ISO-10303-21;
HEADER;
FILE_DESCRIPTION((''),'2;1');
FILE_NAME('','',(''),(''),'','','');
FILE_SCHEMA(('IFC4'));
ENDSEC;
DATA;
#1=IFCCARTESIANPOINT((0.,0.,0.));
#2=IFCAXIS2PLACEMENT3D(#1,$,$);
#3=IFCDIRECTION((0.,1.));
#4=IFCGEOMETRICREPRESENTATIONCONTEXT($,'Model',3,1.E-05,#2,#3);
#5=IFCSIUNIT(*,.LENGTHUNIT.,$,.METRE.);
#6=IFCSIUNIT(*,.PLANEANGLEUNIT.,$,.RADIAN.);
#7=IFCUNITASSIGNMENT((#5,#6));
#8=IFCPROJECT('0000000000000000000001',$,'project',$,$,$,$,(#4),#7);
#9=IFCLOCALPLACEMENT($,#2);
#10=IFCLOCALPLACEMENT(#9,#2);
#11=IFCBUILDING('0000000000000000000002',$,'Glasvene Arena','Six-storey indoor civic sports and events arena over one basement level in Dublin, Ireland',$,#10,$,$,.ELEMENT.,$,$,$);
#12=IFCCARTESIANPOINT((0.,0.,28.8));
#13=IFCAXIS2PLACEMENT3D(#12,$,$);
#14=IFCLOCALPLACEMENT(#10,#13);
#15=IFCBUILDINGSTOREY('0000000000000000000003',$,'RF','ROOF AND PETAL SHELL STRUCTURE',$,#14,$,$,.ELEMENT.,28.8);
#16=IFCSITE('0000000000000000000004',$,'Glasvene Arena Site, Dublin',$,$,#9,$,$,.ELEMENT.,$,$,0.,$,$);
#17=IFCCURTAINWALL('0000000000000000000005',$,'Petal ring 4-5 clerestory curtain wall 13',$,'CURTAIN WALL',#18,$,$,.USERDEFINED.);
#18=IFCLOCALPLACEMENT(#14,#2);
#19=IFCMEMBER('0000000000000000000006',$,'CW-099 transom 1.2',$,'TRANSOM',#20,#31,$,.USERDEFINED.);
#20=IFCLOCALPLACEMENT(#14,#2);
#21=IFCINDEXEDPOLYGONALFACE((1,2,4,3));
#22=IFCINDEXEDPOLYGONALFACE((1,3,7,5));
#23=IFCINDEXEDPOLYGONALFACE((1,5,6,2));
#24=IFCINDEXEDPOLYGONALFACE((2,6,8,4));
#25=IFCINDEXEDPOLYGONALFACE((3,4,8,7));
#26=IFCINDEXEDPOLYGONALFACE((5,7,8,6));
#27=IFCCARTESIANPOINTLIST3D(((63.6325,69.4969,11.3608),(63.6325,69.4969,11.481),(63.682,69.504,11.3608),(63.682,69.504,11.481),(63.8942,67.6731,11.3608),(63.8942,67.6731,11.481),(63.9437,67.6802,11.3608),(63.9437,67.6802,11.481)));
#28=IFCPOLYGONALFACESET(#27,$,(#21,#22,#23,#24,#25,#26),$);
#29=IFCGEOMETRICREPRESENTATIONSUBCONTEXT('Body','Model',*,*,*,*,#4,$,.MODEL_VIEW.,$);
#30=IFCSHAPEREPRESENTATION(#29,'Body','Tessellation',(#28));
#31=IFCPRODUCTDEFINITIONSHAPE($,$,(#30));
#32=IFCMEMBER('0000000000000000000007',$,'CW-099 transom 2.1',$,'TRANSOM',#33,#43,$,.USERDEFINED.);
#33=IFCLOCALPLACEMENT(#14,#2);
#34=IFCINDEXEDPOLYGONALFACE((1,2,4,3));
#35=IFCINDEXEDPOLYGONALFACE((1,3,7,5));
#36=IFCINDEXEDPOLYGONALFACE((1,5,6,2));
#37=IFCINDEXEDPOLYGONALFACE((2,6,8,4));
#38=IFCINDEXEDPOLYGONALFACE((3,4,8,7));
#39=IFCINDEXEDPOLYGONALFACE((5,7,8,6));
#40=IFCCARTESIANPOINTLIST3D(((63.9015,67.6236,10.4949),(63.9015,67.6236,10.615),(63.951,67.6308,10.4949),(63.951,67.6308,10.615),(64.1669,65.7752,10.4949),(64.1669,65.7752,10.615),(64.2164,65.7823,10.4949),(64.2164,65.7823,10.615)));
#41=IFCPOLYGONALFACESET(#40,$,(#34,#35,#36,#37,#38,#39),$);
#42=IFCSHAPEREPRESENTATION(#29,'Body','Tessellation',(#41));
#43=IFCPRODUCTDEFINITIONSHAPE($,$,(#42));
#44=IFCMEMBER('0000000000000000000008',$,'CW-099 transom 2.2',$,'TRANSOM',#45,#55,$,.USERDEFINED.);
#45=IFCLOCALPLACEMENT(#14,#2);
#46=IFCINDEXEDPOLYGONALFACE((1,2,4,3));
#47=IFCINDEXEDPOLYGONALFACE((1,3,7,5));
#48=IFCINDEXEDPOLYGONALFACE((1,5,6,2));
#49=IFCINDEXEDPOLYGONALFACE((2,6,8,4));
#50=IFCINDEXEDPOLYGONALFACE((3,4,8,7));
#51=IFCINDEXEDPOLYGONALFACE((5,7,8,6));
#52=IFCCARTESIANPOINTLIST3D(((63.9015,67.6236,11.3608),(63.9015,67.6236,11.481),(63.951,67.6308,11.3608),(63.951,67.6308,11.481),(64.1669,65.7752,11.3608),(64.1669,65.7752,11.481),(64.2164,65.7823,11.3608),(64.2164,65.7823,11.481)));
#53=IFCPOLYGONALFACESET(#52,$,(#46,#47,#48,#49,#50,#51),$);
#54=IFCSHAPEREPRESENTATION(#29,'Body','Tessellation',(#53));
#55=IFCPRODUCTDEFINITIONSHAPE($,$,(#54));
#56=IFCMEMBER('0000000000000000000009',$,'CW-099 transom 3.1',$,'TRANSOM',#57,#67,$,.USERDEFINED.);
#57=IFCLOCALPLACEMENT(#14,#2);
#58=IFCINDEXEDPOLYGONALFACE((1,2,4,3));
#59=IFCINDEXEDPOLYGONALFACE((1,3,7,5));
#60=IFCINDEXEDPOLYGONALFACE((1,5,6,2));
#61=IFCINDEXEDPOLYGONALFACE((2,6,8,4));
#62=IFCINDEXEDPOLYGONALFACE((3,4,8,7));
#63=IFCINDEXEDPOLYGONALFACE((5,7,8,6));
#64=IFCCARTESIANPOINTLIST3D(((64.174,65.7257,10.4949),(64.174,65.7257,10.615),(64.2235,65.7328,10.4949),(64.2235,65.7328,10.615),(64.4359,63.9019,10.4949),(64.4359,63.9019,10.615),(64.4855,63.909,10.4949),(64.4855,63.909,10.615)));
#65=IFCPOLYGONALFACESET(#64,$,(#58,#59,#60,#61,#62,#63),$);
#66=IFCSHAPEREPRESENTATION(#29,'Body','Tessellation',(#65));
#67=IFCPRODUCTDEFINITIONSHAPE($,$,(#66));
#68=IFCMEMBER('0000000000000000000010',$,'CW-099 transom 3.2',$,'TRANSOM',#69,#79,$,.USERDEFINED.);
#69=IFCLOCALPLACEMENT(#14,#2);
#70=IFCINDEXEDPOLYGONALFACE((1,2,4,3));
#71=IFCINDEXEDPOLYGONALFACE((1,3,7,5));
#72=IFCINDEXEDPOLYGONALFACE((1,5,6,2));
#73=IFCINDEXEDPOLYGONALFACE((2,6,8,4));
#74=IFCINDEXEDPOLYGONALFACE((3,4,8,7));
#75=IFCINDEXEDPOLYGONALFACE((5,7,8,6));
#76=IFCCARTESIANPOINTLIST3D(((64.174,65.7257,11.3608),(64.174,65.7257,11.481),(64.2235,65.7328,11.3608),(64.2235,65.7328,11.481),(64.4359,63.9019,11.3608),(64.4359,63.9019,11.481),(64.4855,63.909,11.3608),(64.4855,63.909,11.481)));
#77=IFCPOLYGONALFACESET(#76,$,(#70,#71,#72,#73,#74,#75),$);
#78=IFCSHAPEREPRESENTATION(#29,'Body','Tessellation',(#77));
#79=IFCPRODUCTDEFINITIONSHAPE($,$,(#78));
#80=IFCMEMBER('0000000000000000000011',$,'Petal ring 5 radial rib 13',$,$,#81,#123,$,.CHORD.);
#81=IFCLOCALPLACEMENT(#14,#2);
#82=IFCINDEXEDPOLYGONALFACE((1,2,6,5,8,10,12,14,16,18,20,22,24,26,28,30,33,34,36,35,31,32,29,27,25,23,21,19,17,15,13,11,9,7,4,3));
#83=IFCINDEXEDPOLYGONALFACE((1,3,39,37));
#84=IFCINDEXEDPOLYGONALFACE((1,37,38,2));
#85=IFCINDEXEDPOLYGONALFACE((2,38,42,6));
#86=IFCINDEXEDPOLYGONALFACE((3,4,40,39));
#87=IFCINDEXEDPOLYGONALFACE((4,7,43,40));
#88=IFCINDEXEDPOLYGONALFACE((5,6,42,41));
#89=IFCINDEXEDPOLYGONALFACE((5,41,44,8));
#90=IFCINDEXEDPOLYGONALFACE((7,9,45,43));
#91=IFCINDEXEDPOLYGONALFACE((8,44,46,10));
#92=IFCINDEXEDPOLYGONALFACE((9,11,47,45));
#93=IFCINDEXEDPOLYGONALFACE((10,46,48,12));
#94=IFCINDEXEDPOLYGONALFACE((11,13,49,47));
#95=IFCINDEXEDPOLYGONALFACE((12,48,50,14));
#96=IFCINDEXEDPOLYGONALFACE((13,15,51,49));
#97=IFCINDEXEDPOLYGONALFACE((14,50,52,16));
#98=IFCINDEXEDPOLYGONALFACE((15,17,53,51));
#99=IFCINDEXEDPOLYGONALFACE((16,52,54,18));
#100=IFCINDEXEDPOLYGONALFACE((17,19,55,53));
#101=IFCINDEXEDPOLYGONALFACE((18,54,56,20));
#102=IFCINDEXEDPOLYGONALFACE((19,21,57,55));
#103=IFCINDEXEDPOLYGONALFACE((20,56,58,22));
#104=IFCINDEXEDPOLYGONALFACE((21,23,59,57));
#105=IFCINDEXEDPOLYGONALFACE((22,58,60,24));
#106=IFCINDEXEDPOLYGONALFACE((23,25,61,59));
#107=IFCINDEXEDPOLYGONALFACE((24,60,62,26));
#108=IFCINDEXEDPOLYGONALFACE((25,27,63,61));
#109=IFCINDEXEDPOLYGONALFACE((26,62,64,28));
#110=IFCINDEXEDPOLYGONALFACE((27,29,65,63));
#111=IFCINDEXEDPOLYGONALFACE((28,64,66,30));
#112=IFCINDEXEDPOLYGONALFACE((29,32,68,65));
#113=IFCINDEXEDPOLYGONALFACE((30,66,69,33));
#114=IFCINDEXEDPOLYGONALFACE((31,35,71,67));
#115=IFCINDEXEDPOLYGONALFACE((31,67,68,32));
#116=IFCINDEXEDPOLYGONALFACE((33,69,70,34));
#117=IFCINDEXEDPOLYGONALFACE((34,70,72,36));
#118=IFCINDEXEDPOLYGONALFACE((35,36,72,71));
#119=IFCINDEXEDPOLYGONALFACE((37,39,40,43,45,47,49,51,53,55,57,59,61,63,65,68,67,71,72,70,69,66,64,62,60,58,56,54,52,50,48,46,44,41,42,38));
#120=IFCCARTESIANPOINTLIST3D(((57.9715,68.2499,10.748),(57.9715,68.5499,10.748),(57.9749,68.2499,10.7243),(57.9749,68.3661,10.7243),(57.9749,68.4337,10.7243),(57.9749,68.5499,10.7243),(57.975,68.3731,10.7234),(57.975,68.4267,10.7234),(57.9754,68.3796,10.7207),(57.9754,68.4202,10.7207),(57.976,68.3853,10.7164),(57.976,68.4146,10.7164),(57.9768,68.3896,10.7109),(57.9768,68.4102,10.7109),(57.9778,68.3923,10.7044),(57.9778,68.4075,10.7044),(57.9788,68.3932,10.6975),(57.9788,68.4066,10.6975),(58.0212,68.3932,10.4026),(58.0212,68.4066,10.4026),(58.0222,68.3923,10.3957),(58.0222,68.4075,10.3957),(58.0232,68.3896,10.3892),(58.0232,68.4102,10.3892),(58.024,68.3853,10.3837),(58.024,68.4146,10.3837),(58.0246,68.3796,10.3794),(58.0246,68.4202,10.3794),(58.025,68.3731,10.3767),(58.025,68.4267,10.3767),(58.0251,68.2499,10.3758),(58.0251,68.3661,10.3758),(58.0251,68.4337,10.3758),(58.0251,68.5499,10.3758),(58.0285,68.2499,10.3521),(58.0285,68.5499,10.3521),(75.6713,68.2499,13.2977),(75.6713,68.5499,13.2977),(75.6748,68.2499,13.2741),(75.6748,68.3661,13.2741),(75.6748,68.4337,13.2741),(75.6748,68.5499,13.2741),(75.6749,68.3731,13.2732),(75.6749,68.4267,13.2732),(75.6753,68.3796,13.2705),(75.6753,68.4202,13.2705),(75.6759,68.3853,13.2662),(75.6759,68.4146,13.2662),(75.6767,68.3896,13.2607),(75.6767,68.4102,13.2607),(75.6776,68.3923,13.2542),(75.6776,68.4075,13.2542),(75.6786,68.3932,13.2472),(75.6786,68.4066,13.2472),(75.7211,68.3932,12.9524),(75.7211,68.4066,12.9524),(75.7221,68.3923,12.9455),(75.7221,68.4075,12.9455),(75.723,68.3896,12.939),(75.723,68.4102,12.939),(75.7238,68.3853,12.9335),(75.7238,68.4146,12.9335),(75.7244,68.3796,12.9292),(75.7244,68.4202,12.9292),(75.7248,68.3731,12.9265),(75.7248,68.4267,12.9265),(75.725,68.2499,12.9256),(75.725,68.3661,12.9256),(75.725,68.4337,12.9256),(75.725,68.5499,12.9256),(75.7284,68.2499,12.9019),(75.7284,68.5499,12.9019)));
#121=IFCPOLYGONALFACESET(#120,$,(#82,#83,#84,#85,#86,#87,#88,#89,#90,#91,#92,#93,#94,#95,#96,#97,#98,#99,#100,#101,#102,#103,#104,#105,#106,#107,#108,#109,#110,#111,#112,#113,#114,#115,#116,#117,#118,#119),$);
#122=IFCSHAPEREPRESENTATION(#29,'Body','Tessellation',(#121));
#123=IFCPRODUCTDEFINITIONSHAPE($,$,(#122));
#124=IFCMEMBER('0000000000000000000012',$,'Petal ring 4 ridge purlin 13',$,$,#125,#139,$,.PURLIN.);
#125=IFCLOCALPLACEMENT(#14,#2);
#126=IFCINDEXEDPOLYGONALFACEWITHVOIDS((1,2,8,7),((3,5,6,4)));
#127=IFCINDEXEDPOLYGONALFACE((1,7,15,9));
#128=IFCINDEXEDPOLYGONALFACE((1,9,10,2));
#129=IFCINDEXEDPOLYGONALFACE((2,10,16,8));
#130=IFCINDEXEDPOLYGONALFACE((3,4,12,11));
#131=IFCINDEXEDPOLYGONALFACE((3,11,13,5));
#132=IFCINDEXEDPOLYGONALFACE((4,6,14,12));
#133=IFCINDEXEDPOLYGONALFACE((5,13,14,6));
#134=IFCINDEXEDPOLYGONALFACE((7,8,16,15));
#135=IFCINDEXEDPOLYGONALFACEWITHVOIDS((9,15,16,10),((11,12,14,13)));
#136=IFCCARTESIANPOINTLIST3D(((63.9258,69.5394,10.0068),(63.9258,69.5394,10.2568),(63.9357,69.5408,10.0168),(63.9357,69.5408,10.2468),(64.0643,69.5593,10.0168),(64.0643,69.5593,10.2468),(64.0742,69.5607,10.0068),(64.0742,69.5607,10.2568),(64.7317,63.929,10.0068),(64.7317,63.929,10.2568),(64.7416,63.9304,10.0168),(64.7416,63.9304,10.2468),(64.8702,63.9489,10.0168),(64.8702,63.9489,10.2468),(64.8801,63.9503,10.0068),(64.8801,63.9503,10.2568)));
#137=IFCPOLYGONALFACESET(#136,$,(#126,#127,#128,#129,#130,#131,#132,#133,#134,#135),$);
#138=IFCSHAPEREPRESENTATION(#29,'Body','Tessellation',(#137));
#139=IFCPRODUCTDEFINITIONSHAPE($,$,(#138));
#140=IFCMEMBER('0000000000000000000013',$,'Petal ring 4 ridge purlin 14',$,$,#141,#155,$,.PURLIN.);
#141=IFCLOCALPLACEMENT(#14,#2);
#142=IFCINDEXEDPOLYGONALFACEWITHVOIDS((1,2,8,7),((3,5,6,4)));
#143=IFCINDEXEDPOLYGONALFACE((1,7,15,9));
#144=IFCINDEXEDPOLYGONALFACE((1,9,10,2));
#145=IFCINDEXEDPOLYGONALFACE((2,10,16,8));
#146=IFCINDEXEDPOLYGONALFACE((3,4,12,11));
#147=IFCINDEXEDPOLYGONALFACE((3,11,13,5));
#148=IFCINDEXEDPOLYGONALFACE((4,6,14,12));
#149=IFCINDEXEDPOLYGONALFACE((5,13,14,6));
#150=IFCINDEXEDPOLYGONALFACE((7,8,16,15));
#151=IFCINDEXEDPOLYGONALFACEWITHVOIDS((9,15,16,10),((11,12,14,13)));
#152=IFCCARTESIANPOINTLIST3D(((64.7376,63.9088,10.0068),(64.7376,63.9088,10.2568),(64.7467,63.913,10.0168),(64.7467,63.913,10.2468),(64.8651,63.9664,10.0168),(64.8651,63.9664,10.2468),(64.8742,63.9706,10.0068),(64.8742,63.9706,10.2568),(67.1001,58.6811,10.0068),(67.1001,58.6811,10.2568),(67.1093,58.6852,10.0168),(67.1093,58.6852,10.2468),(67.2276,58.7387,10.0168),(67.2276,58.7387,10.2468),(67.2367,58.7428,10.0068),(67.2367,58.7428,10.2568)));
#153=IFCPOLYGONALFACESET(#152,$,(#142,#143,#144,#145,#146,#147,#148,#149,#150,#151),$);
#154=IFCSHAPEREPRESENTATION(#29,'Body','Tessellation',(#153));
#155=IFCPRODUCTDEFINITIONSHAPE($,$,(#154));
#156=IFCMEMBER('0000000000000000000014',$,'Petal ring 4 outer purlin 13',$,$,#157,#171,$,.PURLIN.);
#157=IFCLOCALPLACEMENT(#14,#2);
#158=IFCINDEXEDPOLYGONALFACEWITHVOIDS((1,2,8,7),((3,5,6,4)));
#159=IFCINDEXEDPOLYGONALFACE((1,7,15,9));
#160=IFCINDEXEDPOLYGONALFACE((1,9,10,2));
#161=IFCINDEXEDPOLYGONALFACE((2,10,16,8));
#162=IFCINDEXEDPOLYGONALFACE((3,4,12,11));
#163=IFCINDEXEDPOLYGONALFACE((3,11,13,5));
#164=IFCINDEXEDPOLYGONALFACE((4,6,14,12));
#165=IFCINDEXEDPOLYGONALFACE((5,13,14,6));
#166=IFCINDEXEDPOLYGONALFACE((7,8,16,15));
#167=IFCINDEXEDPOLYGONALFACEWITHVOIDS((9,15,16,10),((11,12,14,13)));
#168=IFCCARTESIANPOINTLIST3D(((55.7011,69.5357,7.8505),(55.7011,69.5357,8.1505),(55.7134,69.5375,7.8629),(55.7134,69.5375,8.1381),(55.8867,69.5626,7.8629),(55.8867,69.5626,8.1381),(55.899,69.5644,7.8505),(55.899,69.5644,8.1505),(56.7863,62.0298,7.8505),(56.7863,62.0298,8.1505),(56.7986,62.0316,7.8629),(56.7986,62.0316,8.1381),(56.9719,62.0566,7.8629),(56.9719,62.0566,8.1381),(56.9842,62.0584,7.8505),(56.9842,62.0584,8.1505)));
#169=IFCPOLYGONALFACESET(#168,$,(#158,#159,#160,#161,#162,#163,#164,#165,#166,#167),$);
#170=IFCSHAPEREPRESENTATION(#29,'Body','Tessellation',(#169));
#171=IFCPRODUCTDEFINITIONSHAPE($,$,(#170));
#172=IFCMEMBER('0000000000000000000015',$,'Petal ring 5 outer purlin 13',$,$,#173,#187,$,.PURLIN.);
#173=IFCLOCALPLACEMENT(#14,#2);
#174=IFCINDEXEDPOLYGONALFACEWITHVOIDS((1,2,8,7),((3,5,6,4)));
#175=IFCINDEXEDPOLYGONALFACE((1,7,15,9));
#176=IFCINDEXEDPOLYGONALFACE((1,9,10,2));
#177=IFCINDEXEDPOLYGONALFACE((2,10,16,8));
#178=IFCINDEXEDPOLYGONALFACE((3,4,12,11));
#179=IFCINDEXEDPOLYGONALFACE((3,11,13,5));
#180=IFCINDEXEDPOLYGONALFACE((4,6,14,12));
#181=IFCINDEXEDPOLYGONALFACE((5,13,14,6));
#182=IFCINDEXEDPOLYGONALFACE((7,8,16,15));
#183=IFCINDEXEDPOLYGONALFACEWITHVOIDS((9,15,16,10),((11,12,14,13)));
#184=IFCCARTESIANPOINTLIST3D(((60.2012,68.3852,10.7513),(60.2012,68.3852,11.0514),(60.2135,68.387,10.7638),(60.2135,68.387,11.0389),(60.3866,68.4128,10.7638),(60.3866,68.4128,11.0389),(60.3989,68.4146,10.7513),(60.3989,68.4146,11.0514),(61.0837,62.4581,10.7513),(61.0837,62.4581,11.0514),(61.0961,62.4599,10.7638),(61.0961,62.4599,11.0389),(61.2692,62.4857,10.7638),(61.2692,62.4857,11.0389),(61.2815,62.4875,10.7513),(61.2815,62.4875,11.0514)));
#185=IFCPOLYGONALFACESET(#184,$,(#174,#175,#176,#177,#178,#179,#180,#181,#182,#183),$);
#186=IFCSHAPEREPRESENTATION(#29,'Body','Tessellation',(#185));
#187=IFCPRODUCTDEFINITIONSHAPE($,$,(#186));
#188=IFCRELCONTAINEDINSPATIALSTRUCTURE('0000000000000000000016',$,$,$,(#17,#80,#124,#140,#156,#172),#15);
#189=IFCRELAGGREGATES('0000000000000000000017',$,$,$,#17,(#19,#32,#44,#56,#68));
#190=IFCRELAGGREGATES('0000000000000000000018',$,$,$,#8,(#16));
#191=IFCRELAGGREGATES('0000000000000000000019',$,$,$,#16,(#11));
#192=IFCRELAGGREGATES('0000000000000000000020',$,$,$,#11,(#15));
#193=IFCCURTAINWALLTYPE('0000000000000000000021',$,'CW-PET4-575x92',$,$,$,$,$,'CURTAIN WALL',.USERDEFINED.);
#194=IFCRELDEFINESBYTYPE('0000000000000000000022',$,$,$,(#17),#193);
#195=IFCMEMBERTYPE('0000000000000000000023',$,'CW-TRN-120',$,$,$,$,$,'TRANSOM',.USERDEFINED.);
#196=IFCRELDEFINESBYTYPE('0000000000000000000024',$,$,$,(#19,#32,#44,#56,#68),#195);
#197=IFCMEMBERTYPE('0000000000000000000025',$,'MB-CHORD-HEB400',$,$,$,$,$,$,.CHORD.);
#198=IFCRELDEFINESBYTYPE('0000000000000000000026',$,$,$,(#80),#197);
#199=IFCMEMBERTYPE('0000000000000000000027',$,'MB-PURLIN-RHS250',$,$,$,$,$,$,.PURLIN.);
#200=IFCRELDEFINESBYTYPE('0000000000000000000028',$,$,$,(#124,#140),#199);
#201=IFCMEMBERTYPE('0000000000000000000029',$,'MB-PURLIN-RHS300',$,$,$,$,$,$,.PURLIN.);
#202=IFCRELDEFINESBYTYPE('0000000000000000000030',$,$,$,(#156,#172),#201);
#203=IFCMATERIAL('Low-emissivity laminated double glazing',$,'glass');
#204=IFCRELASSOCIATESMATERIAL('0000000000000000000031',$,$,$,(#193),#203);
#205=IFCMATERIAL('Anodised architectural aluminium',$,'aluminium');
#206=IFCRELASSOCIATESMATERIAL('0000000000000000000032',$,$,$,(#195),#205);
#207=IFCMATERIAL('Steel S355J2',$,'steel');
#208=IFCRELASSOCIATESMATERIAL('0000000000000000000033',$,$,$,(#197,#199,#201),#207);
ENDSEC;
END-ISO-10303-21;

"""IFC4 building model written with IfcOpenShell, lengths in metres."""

from ifc_helpers import new_model, si_unit, direction, frame, origin, origin_2d, place, context, subcontext, project, spatial, rectangle, hollow_rectangle, i_section, extrude, material, material_profile, profile_set, type_object, element, aggregate, save


model = new_model("IFC4")

# Units and contexts
model_context = context("Model", 3, precision=1e-05, world=origin(), true_north=direction((0.0, 1.0)))
body_context = subcontext(model_context, "Body", "Model", "MODEL_VIEW")
ifc_project = project(units=[si_unit("LENGTHUNIT", "METRE"), si_unit("PLANEANGLEUNIT", "RADIAN")], contexts=[model_context])

# Site, building, storey
site_placement = place(None, origin())
site = spatial("IfcSite", under=ifc_project, at=site_placement, Name="Glasvene Arena Site, Dublin", CompositionType="ELEMENT", RefElevation=0.0)
building_placement = place(site_placement, origin())
building = spatial("IfcBuilding", under=site, at=building_placement, Name="Glasvene Arena", Description="Six-storey indoor civic sports and events arena over one basement level in Dublin, Ireland", CompositionType="ELEMENT")
storey_placement = place(building_placement, frame((0.0, 0.0, 28.8)))
storey = spatial("IfcBuildingStorey", under=building, at=storey_placement, Name="RF", Description="ROOF AND PETAL SHELL STRUCTURE", CompositionType="ELEMENT", Elevation=28.8)

# Curtain wall
ifc_material_1 = material(Name="Low-emissivity laminated double glazing", Category="glass")
curtain_wall_type_1 = type_object("IfcCurtainWallType", Name="CW-PET4-575x92", ElementType="CURTAIN WALL", PredefinedType="USERDEFINED", material=ifc_material_1)
ifc_material_2 = material(Name="Anodised architectural aluminium", Category="aluminium")
curtain_wall_1_placement = place(storey_placement, frame((63.6499, 69.55, 0.0)))
curtain_wall_1 = element("IfcCurtainWall", 1, at=curtain_wall_1_placement, inside=storey, type_object=curtain_wall_type_1, Name="Petal ring 4-5 clerestory curtain wall 13", ObjectType="CURTAIN WALL", PredefinedType="USERDEFINED")
ifc_material_profile_1 = material_profile(ifc_material_2, rectangle(XDim=0.05, YDim=0.1201, at=origin_2d()), Name="ALU TRANSOM 50x120")
ifc_profile_set_1 = profile_set([ifc_material_profile_1], Name="Anodised architectural aluminium")
member_type_1 = type_object("IfcMemberType", Name="CW-TRN-120", ElementType="TRANSOM", PredefinedType="USERDEFINED", material=ifc_profile_set_1)

# Members
member_1_placement = place(storey_placement, frame((63.6572, 69.5005, 11.4209), z_axis=(0.142052, -0.989859, 0.0), x_axis=(0.989859, 0.142052, 0.0)))
member_1 = element("IfcMember", 2, at=member_1_placement, type_object=member_type_1, Name="CW-099 transom 1.2", ObjectType="TRANSOM", PredefinedType="USERDEFINED", context=body_context, shape_type="SweptSolid", body=[
    extrude(rectangle(XDim=0.05, YDim=0.1201, at=origin_2d()), origin(), (0.0, 0.0, 1.0), 1.8425),
])
member_2_placement = place(storey_placement, frame((63.9263, 67.6272, 10.5549), z_axis=(0.142117, -0.98985, 0.0), x_axis=(0.98985, 0.142117, 0.0)))
member_2 = element("IfcMember", 3, at=member_2_placement, type_object=member_type_1, Name="CW-099 transom 2.1", ObjectType="TRANSOM", PredefinedType="USERDEFINED", context=body_context, shape_type="SweptSolid", body=[
    extrude(rectangle(XDim=0.05, YDim=0.1201, at=origin_2d()), origin(), (0.0, 0.0, 1.0), 1.8674),
])
member_3_placement = place(storey_placement, frame((63.9263, 67.6272, 11.4209), z_axis=(0.142117, -0.98985, 0.0), x_axis=(0.98985, 0.142117, 0.0)))
member_3 = element("IfcMember", 4, at=member_3_placement, type_object=member_type_1, Name="CW-099 transom 2.2", ObjectType="TRANSOM", PredefinedType="USERDEFINED", context=body_context, shape_type="SweptSolid", body=[
    extrude(rectangle(XDim=0.05, YDim=0.1201, at=origin_2d()), origin(), (0.0, 0.0, 1.0), 1.8674),
])
member_4_placement = place(storey_placement, frame((64.1987, 65.7292, 10.5549), z_axis=(0.142182, -0.989841, 0.0), x_axis=(0.989841, 0.142182, 0.0)))
member_4 = element("IfcMember", 5, at=member_4_placement, type_object=member_type_1, Name="CW-099 transom 3.1", ObjectType="TRANSOM", PredefinedType="USERDEFINED", context=body_context, shape_type="SweptSolid", body=[
    extrude(rectangle(XDim=0.05, YDim=0.1201, at=origin_2d()), origin(), (0.0, 0.0, 1.0), 1.8425),
])
member_5_placement = place(storey_placement, frame((64.1987, 65.7292, 11.4209), z_axis=(0.142182, -0.989841, 0.0), x_axis=(0.989841, 0.142182, 0.0)))
member_5 = element("IfcMember", 6, at=member_5_placement, type_object=member_type_1, Name="CW-099 transom 3.2", ObjectType="TRANSOM", PredefinedType="USERDEFINED", context=body_context, shape_type="SweptSolid", body=[
    extrude(rectangle(XDim=0.05, YDim=0.1201, at=origin_2d()), origin(), (0.0, 0.0, 1.0), 1.8425),
])

# Members
ifc_material_3 = material(Name="Steel S355J2", Category="steel")
ifc_material_profile_2 = material_profile(ifc_material_3, i_section(OverallWidth=0.3, OverallDepth=0.3999, WebThickness=0.0134, FlangeThickness=0.0239, FilletRadius=0.0271, at=origin_2d()), Name="HEB 400")
ifc_profile_set_2 = profile_set([ifc_material_profile_2], Name="Steel S355J2")
member_type_2 = type_object("IfcMemberType", Name="MB-CHORD-HEB400", PredefinedType="CHORD", material=ifc_profile_set_2)
member_6_placement = place(storey_placement, frame((58.0, 68.3999, 10.55), z_axis=(0.989783, 0.0, 0.142585), x_axis=(0.0, 1.0, 0.0)))
element("IfcMember", 7, at=member_6_placement, inside=storey, type_object=member_type_2, Name="Petal ring 5 radial rib 13", PredefinedType="CHORD", context=body_context, shape_type="SweptSolid", body=[
    extrude(i_section(OverallWidth=0.3, OverallDepth=0.3999, WebThickness=0.0134, FlangeThickness=0.0239, FilletRadius=0.0271, at=origin_2d()), origin(), (0.0, 0.0, 1.0), 17.8826),
])
ifc_material_profile_3 = material_profile(ifc_material_3, hollow_rectangle(XDim=0.1499, YDim=0.25, WallThickness=0.01, at=origin_2d()), Name="RHS 250x150x10.0")
ifc_profile_set_3 = profile_set([ifc_material_profile_3], Name="Steel S355J2")
member_type_3 = type_object("IfcMemberType", Name="MB-PURLIN-RHS250", PredefinedType="PURLIN", material=ifc_profile_set_3)
member_7_placement = place(storey_placement, frame((64.0, 69.55, 10.1318), z_axis=(0.142187, -0.98984, 0.0), x_axis=(0.98984, 0.142187, 0.0)))
element("IfcMember", 8, at=member_7_placement, inside=storey, type_object=member_type_3, Name="Petal ring 4 ridge purlin 13", PredefinedType="PURLIN", context=body_context, shape_type="SweptSolid", body=[
    extrude(hollow_rectangle(XDim=0.1499, YDim=0.25, WallThickness=0.01, at=origin_2d()), origin(), (0.0, 0.0, 1.0), 5.668),
])
member_8_placement = place(storey_placement, frame((64.8059, 63.9397, 10.1318), z_axis=(0.41182, -0.911265, 0.0), x_axis=(0.911265, 0.41182, 0.0)))
element("IfcMember", 9, at=member_8_placement, inside=storey, type_object=member_type_3, Name="Petal ring 4 ridge purlin 14", PredefinedType="PURLIN", context=body_context, shape_type="SweptSolid", body=[
    extrude(hollow_rectangle(XDim=0.1499, YDim=0.25, WallThickness=0.01, at=origin_2d()), origin(), (0.0, 0.0, 1.0), 5.7368),
])
ifc_material_profile_4 = material_profile(ifc_material_3, hollow_rectangle(XDim=0.2, YDim=0.3, WallThickness=0.0125, at=origin_2d()), Name="RHS 300x200x12.5")
ifc_profile_set_4 = profile_set([ifc_material_profile_4], Name="Steel S355J2")
member_type_4 = type_object("IfcMemberType", Name="MB-PURLIN-RHS300", PredefinedType="PURLIN", material=ifc_profile_set_4)
member_9_placement = place(storey_placement, frame((55.8, 69.55, 8.0005), z_axis=(0.143093, -0.989709, 0.0), x_axis=(0.989709, 0.143093, 0.0)))
element("IfcMember", 10, at=member_9_placement, inside=storey, type_object=member_type_4, Name="Petal ring 4 outer purlin 13", PredefinedType="PURLIN", context=body_context, shape_type="SweptSolid", body=[
    extrude(hollow_rectangle(XDim=0.2, YDim=0.3, WallThickness=0.0125, at=origin_2d()), origin(), (0.0, 0.0, 1.0), 7.584),
])
member_10_placement = place(storey_placement, frame((60.3, 68.3999, 10.9014), z_axis=(0.147282, -0.989094, 0.0), x_axis=(0.989094, 0.147282, 0.0)))
element("IfcMember", 11, at=member_10_placement, inside=storey, type_object=member_type_4, Name="Petal ring 5 outer purlin 13", PredefinedType="PURLIN", context=body_context, shape_type="SweptSolid", body=[
    extrude(hollow_rectangle(XDim=0.2, YDim=0.3, WallThickness=0.0125, at=origin_2d()), origin(), (0.0, 0.0, 1.0), 5.9924),
])

aggregate(curtain_wall_1, [member_1, member_2, member_3, member_4, member_5])

save(model, "model.ifc")
